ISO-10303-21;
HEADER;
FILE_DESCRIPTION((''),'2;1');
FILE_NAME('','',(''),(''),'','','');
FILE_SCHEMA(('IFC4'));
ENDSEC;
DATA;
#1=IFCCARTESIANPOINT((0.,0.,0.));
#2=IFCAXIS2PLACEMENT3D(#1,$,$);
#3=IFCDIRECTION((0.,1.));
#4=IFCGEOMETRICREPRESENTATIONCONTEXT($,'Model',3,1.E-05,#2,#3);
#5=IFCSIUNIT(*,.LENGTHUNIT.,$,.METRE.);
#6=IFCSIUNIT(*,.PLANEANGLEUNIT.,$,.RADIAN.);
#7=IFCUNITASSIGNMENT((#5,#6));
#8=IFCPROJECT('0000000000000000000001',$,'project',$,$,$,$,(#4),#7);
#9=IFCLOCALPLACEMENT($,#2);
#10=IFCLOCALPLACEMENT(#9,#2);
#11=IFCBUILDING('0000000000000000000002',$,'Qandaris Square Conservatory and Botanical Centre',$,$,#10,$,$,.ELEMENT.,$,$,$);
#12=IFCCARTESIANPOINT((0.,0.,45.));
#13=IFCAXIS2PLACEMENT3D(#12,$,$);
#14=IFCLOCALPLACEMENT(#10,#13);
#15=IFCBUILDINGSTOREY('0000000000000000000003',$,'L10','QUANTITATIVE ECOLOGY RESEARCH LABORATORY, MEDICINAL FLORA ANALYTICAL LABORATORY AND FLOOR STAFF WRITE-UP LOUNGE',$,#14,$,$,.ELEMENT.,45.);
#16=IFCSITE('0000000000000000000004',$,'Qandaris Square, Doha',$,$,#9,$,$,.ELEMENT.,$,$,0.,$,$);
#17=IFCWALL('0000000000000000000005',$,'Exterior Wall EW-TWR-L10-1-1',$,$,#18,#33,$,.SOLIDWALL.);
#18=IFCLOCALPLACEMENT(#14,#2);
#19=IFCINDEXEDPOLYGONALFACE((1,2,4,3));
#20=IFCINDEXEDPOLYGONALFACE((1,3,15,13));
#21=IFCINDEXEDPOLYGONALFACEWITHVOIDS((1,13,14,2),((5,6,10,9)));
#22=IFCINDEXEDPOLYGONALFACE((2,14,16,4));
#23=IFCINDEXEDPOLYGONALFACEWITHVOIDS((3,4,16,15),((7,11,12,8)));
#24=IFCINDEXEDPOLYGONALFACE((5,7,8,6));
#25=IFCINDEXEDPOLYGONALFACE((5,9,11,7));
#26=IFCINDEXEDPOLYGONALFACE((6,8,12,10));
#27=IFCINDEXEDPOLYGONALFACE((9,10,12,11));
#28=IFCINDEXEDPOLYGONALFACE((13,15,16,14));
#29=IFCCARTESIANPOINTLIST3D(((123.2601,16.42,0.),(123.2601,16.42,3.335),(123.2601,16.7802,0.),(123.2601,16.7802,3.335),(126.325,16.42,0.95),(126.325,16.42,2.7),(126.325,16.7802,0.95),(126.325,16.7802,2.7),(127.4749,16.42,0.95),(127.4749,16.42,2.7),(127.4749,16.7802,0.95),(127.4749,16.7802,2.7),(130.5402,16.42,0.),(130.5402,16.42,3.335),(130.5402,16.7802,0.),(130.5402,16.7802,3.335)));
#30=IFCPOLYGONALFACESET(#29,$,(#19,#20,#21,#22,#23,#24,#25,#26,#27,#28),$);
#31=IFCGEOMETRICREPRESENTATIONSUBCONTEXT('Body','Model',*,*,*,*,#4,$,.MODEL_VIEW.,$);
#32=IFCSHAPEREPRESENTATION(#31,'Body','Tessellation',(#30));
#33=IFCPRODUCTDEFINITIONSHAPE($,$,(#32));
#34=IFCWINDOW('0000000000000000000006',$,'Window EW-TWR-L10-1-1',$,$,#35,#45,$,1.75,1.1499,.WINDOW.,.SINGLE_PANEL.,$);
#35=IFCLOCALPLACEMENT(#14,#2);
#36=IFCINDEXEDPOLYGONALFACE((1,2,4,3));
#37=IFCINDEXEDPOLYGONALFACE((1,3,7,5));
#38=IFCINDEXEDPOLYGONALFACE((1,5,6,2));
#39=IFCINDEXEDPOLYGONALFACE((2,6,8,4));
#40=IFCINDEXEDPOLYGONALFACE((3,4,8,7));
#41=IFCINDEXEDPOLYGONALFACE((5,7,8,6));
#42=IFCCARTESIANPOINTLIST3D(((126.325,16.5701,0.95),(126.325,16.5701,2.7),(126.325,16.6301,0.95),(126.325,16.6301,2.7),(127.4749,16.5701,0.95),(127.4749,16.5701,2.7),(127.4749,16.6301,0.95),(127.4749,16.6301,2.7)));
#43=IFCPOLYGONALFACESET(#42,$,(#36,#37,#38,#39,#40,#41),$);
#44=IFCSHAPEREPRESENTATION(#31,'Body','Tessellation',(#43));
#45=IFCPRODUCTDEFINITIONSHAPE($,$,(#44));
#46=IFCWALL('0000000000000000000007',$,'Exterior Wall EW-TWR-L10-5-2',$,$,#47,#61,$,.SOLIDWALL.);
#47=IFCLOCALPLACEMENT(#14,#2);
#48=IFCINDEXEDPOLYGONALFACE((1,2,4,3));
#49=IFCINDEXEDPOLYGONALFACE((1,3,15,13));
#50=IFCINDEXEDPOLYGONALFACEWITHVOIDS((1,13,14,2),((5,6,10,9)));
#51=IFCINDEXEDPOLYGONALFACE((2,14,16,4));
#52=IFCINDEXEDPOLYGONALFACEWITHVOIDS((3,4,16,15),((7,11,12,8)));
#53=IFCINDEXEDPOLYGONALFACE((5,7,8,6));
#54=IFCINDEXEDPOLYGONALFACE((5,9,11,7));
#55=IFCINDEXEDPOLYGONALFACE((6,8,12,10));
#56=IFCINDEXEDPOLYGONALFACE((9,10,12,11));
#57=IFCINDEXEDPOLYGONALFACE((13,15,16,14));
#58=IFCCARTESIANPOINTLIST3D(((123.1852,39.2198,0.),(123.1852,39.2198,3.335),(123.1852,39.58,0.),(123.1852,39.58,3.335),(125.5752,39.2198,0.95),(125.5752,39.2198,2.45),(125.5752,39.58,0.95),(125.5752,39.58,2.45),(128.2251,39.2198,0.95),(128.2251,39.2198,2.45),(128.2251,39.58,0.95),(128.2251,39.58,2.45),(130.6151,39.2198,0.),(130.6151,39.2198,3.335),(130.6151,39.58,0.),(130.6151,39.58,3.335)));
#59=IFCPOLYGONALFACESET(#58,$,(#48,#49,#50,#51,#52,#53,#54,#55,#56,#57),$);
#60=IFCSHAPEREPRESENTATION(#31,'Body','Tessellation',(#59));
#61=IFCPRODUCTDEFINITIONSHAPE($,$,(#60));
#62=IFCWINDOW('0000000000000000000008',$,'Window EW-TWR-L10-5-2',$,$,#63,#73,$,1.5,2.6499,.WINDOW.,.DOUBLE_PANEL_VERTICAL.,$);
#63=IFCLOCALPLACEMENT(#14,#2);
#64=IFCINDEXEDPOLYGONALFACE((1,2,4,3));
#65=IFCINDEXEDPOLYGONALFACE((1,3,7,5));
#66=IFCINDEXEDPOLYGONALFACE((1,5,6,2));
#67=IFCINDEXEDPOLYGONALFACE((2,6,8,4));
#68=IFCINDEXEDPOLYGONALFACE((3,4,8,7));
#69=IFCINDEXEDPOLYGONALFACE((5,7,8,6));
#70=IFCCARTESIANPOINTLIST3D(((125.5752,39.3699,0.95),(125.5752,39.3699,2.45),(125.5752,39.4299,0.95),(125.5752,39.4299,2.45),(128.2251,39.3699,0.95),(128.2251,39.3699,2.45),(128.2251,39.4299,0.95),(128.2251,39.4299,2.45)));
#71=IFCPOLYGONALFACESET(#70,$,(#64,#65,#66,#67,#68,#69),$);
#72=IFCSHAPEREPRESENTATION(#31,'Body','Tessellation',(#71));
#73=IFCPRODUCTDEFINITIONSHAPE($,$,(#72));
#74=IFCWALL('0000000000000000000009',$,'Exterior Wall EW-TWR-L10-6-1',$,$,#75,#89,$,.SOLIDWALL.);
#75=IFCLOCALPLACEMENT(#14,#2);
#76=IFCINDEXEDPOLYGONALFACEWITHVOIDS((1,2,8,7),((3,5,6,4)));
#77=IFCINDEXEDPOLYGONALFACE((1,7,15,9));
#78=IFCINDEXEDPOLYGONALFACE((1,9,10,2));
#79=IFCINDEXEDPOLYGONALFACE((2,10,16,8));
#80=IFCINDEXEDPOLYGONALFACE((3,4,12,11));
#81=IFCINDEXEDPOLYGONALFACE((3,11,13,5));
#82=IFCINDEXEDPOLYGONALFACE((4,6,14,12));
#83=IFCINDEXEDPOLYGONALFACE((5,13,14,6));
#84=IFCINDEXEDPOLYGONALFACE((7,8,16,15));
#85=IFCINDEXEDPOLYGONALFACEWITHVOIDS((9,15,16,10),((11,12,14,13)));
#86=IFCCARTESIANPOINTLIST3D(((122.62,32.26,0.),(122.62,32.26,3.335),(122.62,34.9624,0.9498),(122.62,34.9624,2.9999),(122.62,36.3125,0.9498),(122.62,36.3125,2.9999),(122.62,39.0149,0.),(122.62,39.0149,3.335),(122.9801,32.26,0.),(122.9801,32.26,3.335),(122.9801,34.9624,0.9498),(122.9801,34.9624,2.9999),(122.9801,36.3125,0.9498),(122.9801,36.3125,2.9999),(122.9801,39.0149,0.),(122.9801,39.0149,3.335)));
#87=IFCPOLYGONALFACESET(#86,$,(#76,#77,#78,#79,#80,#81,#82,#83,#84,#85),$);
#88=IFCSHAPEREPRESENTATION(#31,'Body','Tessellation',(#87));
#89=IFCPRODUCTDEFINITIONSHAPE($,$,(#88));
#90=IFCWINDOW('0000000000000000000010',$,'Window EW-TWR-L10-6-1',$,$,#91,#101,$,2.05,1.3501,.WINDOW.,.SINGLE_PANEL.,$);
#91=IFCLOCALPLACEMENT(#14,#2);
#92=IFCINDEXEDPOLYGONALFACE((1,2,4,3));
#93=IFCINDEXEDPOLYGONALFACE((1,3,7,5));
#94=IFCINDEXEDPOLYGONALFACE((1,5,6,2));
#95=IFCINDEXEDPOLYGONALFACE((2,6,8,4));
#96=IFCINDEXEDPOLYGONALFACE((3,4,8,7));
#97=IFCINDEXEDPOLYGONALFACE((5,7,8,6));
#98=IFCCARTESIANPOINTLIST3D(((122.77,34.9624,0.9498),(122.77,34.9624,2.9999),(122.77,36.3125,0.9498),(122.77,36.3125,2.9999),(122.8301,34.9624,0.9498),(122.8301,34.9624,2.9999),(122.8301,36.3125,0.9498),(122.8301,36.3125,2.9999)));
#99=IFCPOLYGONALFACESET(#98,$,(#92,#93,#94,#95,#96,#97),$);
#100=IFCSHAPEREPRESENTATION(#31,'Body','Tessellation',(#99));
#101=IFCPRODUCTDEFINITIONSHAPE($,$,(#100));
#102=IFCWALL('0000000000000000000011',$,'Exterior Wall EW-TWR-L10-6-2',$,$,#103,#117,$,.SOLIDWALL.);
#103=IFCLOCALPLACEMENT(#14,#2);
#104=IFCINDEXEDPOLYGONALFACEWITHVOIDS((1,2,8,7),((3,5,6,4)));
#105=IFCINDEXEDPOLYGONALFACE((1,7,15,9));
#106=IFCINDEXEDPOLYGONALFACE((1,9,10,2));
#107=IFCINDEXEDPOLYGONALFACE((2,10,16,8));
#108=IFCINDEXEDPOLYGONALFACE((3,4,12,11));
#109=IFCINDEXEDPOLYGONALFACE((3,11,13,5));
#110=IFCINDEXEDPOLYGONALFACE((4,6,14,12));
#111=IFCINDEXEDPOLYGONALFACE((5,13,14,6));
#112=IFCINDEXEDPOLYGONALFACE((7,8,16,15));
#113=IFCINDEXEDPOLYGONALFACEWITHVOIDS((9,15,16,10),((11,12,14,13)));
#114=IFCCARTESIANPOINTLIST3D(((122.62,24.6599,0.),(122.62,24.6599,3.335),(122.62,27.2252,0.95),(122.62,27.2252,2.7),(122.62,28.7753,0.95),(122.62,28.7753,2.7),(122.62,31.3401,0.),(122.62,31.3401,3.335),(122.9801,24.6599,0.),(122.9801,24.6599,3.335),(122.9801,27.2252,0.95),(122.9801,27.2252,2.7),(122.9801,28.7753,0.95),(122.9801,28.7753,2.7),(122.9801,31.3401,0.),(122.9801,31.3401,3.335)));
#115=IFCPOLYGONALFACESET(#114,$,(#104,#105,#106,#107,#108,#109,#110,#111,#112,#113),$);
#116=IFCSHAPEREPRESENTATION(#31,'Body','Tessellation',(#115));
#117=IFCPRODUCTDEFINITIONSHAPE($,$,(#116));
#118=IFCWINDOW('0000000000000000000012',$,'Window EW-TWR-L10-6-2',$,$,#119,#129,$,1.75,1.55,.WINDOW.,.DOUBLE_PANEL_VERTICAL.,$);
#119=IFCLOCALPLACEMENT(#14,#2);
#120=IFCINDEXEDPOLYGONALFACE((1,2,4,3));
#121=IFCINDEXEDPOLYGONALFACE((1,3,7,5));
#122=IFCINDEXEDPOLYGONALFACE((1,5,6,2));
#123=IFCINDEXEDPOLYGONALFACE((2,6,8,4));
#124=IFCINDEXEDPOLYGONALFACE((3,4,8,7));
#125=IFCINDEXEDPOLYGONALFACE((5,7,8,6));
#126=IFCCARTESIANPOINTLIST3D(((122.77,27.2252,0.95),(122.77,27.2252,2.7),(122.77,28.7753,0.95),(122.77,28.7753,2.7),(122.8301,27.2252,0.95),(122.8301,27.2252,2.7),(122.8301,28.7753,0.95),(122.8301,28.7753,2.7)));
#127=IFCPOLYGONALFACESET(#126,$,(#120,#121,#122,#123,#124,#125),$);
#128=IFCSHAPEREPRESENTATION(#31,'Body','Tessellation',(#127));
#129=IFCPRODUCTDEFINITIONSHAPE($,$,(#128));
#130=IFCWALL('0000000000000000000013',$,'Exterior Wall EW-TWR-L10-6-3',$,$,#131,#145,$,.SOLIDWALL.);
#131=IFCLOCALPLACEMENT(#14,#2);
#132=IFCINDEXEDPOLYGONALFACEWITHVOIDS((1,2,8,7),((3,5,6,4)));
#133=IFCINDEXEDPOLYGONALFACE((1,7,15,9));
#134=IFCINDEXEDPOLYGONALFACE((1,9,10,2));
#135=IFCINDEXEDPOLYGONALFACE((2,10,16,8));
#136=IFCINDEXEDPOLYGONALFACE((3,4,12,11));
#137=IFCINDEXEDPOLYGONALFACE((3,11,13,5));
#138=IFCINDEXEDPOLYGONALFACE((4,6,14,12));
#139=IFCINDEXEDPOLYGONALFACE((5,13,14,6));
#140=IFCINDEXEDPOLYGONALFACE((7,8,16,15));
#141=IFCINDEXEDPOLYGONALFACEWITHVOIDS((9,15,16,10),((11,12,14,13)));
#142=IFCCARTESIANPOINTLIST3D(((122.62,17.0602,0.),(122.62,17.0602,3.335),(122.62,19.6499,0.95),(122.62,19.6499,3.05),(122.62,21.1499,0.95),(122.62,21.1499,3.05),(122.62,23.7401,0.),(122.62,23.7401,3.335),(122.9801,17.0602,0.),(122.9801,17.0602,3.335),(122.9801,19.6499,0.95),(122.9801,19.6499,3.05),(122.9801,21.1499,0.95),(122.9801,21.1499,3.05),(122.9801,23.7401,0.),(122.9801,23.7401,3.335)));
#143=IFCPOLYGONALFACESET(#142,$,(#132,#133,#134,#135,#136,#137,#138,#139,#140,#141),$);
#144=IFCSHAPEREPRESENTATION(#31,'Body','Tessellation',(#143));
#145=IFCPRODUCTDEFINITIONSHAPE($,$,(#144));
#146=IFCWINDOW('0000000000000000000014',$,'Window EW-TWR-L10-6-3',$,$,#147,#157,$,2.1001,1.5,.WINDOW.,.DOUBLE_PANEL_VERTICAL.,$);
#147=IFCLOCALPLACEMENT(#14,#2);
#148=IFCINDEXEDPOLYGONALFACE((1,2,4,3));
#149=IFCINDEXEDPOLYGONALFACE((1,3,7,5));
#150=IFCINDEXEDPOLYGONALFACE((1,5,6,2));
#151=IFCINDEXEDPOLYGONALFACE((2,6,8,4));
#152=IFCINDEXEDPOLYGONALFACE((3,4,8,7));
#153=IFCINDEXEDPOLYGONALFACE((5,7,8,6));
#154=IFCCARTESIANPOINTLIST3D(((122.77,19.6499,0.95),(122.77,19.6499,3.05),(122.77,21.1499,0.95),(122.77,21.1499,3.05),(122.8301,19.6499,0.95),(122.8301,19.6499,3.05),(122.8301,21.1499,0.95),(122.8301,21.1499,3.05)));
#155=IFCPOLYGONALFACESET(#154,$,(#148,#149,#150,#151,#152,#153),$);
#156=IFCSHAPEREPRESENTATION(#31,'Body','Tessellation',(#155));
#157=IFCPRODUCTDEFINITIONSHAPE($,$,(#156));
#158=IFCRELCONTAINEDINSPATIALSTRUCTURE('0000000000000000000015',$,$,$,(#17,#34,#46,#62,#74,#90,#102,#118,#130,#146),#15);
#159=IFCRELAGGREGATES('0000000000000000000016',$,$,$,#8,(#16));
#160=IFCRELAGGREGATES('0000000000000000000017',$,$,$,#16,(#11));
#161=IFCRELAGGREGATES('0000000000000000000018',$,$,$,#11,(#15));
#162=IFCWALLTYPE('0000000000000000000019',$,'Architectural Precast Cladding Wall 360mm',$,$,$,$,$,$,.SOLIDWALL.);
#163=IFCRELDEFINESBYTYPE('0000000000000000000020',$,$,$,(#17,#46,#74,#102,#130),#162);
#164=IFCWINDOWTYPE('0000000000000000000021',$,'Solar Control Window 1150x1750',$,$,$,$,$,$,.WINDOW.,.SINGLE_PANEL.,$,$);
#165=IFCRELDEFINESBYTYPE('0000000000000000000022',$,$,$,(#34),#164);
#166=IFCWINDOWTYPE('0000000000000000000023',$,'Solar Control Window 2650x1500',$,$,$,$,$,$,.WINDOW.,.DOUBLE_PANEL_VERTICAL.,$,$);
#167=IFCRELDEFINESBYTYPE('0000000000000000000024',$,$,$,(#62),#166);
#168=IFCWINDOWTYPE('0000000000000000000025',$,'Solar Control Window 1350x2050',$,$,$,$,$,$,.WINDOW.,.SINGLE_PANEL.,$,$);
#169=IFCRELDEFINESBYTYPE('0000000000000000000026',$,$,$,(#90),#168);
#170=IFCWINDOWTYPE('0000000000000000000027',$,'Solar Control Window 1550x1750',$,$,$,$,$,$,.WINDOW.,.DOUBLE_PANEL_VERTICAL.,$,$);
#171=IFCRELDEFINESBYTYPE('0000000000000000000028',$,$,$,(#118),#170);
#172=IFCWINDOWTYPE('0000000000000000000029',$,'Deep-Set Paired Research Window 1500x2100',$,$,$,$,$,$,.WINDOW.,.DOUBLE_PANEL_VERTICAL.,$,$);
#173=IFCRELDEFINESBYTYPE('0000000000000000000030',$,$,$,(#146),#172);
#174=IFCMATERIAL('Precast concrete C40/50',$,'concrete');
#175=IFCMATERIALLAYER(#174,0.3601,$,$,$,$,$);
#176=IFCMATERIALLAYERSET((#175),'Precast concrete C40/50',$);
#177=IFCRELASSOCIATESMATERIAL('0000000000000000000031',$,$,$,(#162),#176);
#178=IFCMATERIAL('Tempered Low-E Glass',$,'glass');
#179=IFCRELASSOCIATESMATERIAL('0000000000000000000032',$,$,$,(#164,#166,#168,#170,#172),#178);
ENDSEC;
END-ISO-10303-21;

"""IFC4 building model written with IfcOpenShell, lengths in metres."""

from ifc_helpers import new_model, si_unit, direction, frame, frame_2d, origin, place, context, subcontext, project, spatial, rectangle, extrude, material, layer, layer_set, type_object, element, fill, save


model = new_model("IFC4")

# Units and contexts
model_context = context("Model", 3, precision=1e-05, world=origin(), true_north=direction((0.0, 1.0)))
body_context = subcontext(model_context, "Body", "Model", "MODEL_VIEW")
ifc_project = project(units=[si_unit("LENGTHUNIT", "METRE"), si_unit("PLANEANGLEUNIT", "RADIAN")], contexts=[model_context])

# Site, building, storey
site_placement = place(None, origin())
site = spatial("IfcSite", under=ifc_project, at=site_placement, Name="Qandaris Square, Doha", CompositionType="ELEMENT", RefElevation=0.0)
building_placement = place(site_placement, origin())
building = spatial("IfcBuilding", under=site, at=building_placement, Name="Qandaris Square Conservatory and Botanical Centre", CompositionType="ELEMENT")
storey_placement = place(building_placement, frame((0.0, 0.0, 45.0)))
storey = spatial("IfcBuildingStorey", under=building, at=storey_placement, Name="L10", Description="QUANTITATIVE ECOLOGY RESEARCH LABORATORY, MEDICINAL FLORA ANALYTICAL LABORATORY AND FLOOR STAFF WRITE-UP LOUNGE", CompositionType="ELEMENT", Elevation=45.0)

# Walls, openings, windows
ifc_material_1 = material(Name="Precast concrete C40/50", Category="concrete")
ifc_layer_1 = layer(ifc_material_1, 0.3601)
ifc_layer_set_1 = layer_set([ifc_layer_1], Name="Precast concrete C40/50")
wall_type_1 = type_object("IfcWallType", Name="Architectural Precast Cladding Wall 360mm", PredefinedType="SOLIDWALL", material=ifc_layer_set_1)
wall_1_placement = place(storey_placement, frame((123.26, 16.6001, 0.0), z_axis=(0.0, 0.0, 1.0), x_axis=(1.0, 0.0, 0.0)))
wall_1 = element("IfcWall", 1, at=wall_1_placement, inside=storey, type_object=wall_type_1, Name="Exterior Wall EW-TWR-L10-1-1", PredefinedType="SOLIDWALL", context=body_context, shape_type="SweptSolid", body=[
    extrude(rectangle(XDim=7.28, YDim=0.3601, at=frame_2d((3.6401, 0.0))), origin(), (0.0, 0.0, 1.0), 3.335),
])
opening_1_placement = place(wall_1_placement, frame((3.0649, 0.0, 0.95)))
opening_1 = element("IfcOpeningElement", 2, at=opening_1_placement, cuts=wall_1, PredefinedType="OPENING", context=body_context, shape_type="SweptSolid", body=[
    extrude(rectangle(XDim=1.1499, YDim=1.75, at=frame_2d((0.575, 0.875))), frame((0.0, 0.1919, 0.0), z_axis=(0.0, -1.0, 0.0), x_axis=(1.0, 0.0, 0.0)), (0.0, 0.0, 1.0), 0.384),
])
ifc_material_2 = material(Name="Tempered Low-E Glass", Category="glass")
window_type_1 = type_object("IfcWindowType", Name="Solar Control Window 1150x1750", PartitioningType="SINGLE_PANEL", PredefinedType="WINDOW", material=ifc_material_2)
window_1_placement = place(opening_1_placement, origin())
window_1 = element("IfcWindow", 3, at=window_1_placement, inside=storey, type_object=window_type_1, Name="Window EW-TWR-L10-1-1", OverallHeight=1.75, OverallWidth=1.1499, PartitioningType="SINGLE_PANEL", PredefinedType="WINDOW", context=body_context, shape_type="SweptSolid", body=[
    extrude(rectangle(XDim=1.1499, YDim=1.75, at=frame_2d((0.575, 0.875))), frame((0.0, 0.03, 0.0), z_axis=(0.0, -1.0, 0.0), x_axis=(1.0, 0.0, 0.0)), (0.0, 0.0, 1.0), 0.0601),
])
fill(opening_1, window_1)
wall_2_placement = place(storey_placement, frame((130.615, 39.3999, 0.0), z_axis=(0.0, 0.0, 1.0), x_axis=(-1.0, 0.0, 0.0)))
wall_2 = element("IfcWall", 4, at=wall_2_placement, inside=storey, type_object=wall_type_1, Name="Exterior Wall EW-TWR-L10-5-2", PredefinedType="SOLIDWALL", context=body_context, shape_type="SweptSolid", body=[
    extrude(rectangle(XDim=7.4299, YDim=0.3601, at=frame_2d((3.7148, 0.0))), origin(), (0.0, 0.0, 1.0), 3.335),
])
opening_2_placement = place(wall_2_placement, frame((2.3899, 0.0, 0.95)))
opening_2 = element("IfcOpeningElement", 5, at=opening_2_placement, cuts=wall_2, PredefinedType="OPENING", context=body_context, shape_type="SweptSolid", body=[
    extrude(rectangle(XDim=2.6499, YDim=1.5, at=frame_2d((1.325, 0.75))), frame((0.0, 0.1919, 0.0), z_axis=(0.0, -1.0, 0.0), x_axis=(1.0, 0.0, 0.0)), (0.0, 0.0, 1.0), 0.384),
])
window_type_2 = type_object("IfcWindowType", Name="Solar Control Window 2650x1500", PartitioningType="DOUBLE_PANEL_VERTICAL", PredefinedType="WINDOW", material=ifc_material_2)
window_2_placement = place(opening_2_placement, origin())
window_2 = element("IfcWindow", 6, at=window_2_placement, inside=storey, type_object=window_type_2, Name="Window EW-TWR-L10-5-2", OverallHeight=1.5, OverallWidth=2.6499, PartitioningType="DOUBLE_PANEL_VERTICAL", PredefinedType="WINDOW", context=body_context, shape_type="SweptSolid", body=[
    extrude(rectangle(XDim=2.6499, YDim=1.5, at=frame_2d((1.325, 0.75))), frame((0.0, 0.03, 0.0), z_axis=(0.0, -1.0, 0.0), x_axis=(1.0, 0.0, 0.0)), (0.0, 0.0, 1.0), 0.0601),
])
fill(opening_2, window_2)
wall_3_placement = place(storey_placement, frame((122.8, 39.0149, 0.0), z_axis=(0.0, 0.0, 1.0), x_axis=(0.0, -1.0, 0.0)))
wall_3 = element("IfcWall", 7, at=wall_3_placement, inside=storey, type_object=wall_type_1, Name="Exterior Wall EW-TWR-L10-6-1", PredefinedType="SOLIDWALL", context=body_context, shape_type="SweptSolid", body=[
    extrude(rectangle(XDim=6.7549, YDim=0.3601, at=frame_2d((3.3774, 0.0))), origin(), (0.0, 0.0, 1.0), 3.335),
])
opening_3_placement = place(wall_3_placement, frame((2.7024, 0.0, 0.95)))
opening_3 = element("IfcOpeningElement", 8, at=opening_3_placement, cuts=wall_3, PredefinedType="OPENING", context=body_context, shape_type="SweptSolid", body=[
    extrude(rectangle(XDim=1.3501, YDim=2.05, at=frame_2d((0.675, 1.0249))), frame((0.0, 0.1919, 0.0), z_axis=(0.0, -1.0, 0.0), x_axis=(1.0, 0.0, 0.0)), (0.0, 0.0, 1.0), 0.384),
])
window_type_3 = type_object("IfcWindowType", Name="Solar Control Window 1350x2050", PartitioningType="SINGLE_PANEL", PredefinedType="WINDOW", material=ifc_material_2)
window_3_placement = place(opening_3_placement, origin())
window_3 = element("IfcWindow", 9, at=window_3_placement, inside=storey, type_object=window_type_3, Name="Window EW-TWR-L10-6-1", OverallHeight=2.05, OverallWidth=1.3501, PartitioningType="SINGLE_PANEL", PredefinedType="WINDOW", context=body_context, shape_type="SweptSolid", body=[
    extrude(rectangle(XDim=1.3501, YDim=2.05, at=frame_2d((0.675, 1.0249))), frame((0.0, 0.03, 0.0), z_axis=(0.0, -1.0, 0.0), x_axis=(1.0, 0.0, 0.0)), (0.0, 0.0, 1.0), 0.0601),
])
fill(opening_3, window_3)
wall_4_placement = place(storey_placement, frame((122.8, 31.3401, 0.0), z_axis=(0.0, 0.0, 1.0), x_axis=(0.0, -1.0, 0.0)))
wall_4 = element("IfcWall", 10, at=wall_4_placement, inside=storey, type_object=wall_type_1, Name="Exterior Wall EW-TWR-L10-6-2", PredefinedType="SOLIDWALL", context=body_context, shape_type="SweptSolid", body=[
    extrude(rectangle(XDim=6.6802, YDim=0.3601, at=frame_2d((3.3401, 0.0))), origin(), (0.0, 0.0, 1.0), 3.335),
])
opening_4_placement = place(wall_4_placement, frame((2.5649, 0.0, 0.95)))
opening_4 = element("IfcOpeningElement", 11, at=opening_4_placement, cuts=wall_4, PredefinedType="OPENING", context=body_context, shape_type="SweptSolid", body=[
    extrude(rectangle(XDim=1.55, YDim=1.75, at=frame_2d((0.7749, 0.875))), frame((0.0, 0.1919, 0.0), z_axis=(0.0, -1.0, 0.0), x_axis=(1.0, 0.0, 0.0)), (0.0, 0.0, 1.0), 0.384),
])
window_type_4 = type_object("IfcWindowType", Name="Solar Control Window 1550x1750", PartitioningType="DOUBLE_PANEL_VERTICAL", PredefinedType="WINDOW", material=ifc_material_2)
window_4_placement = place(opening_4_placement, origin())
window_4 = element("IfcWindow", 12, at=window_4_placement, inside=storey, type_object=window_type_4, Name="Window EW-TWR-L10-6-2", OverallHeight=1.75, OverallWidth=1.55, PartitioningType="DOUBLE_PANEL_VERTICAL", PredefinedType="WINDOW", context=body_context, shape_type="SweptSolid", body=[
    extrude(rectangle(XDim=1.55, YDim=1.75, at=frame_2d((0.7749, 0.875))), frame((0.0, 0.03, 0.0), z_axis=(0.0, -1.0, 0.0), x_axis=(1.0, 0.0, 0.0)), (0.0, 0.0, 1.0), 0.0601),
])
fill(opening_4, window_4)
wall_5_placement = place(storey_placement, frame((122.8, 23.74, 0.0), z_axis=(0.0, 0.0, 1.0), x_axis=(0.0, -1.0, 0.0)))
wall_5 = element("IfcWall", 13, at=wall_5_placement, inside=storey, type_object=wall_type_1, Name="Exterior Wall EW-TWR-L10-6-3", PredefinedType="SOLIDWALL", context=body_context, shape_type="SweptSolid", body=[
    extrude(rectangle(XDim=6.6799, YDim=0.3601, at=frame_2d((3.3398, 0.0))), origin(), (0.0, 0.0, 1.0), 3.335),
])
opening_5_placement = place(wall_5_placement, frame((2.5901, 0.0, 0.95)))
opening_5 = element("IfcOpeningElement", 14, at=opening_5_placement, cuts=wall_5, PredefinedType="OPENING", context=body_context, shape_type="SweptSolid", body=[
    extrude(rectangle(XDim=1.5, YDim=2.1001, at=frame_2d((0.75, 1.05))), frame((0.0, 0.1919, 0.0), z_axis=(0.0, -1.0, 0.0), x_axis=(1.0, 0.0, 0.0)), (0.0, 0.0, 1.0), 0.384),
])
window_type_5 = type_object("IfcWindowType", Name="Deep-Set Paired Research Window 1500x2100", PartitioningType="DOUBLE_PANEL_VERTICAL", PredefinedType="WINDOW", material=ifc_material_2)
window_5_placement = place(opening_5_placement, origin())
window_5 = element("IfcWindow", 15, at=window_5_placement, inside=storey, type_object=window_type_5, Name="Window EW-TWR-L10-6-3", OverallHeight=2.1001, OverallWidth=1.5, PartitioningType="DOUBLE_PANEL_VERTICAL", PredefinedType="WINDOW", context=body_context, shape_type="SweptSolid", body=[
    extrude(rectangle(XDim=1.5, YDim=2.1001, at=frame_2d((0.75, 1.05))), frame((0.0, 0.03, 0.0), z_axis=(0.0, -1.0, 0.0), x_axis=(1.0, 0.0, 0.0)), (0.0, 0.0, 1.0), 0.0601),
])
fill(opening_5, window_5)

save(model, "model.ifc")
